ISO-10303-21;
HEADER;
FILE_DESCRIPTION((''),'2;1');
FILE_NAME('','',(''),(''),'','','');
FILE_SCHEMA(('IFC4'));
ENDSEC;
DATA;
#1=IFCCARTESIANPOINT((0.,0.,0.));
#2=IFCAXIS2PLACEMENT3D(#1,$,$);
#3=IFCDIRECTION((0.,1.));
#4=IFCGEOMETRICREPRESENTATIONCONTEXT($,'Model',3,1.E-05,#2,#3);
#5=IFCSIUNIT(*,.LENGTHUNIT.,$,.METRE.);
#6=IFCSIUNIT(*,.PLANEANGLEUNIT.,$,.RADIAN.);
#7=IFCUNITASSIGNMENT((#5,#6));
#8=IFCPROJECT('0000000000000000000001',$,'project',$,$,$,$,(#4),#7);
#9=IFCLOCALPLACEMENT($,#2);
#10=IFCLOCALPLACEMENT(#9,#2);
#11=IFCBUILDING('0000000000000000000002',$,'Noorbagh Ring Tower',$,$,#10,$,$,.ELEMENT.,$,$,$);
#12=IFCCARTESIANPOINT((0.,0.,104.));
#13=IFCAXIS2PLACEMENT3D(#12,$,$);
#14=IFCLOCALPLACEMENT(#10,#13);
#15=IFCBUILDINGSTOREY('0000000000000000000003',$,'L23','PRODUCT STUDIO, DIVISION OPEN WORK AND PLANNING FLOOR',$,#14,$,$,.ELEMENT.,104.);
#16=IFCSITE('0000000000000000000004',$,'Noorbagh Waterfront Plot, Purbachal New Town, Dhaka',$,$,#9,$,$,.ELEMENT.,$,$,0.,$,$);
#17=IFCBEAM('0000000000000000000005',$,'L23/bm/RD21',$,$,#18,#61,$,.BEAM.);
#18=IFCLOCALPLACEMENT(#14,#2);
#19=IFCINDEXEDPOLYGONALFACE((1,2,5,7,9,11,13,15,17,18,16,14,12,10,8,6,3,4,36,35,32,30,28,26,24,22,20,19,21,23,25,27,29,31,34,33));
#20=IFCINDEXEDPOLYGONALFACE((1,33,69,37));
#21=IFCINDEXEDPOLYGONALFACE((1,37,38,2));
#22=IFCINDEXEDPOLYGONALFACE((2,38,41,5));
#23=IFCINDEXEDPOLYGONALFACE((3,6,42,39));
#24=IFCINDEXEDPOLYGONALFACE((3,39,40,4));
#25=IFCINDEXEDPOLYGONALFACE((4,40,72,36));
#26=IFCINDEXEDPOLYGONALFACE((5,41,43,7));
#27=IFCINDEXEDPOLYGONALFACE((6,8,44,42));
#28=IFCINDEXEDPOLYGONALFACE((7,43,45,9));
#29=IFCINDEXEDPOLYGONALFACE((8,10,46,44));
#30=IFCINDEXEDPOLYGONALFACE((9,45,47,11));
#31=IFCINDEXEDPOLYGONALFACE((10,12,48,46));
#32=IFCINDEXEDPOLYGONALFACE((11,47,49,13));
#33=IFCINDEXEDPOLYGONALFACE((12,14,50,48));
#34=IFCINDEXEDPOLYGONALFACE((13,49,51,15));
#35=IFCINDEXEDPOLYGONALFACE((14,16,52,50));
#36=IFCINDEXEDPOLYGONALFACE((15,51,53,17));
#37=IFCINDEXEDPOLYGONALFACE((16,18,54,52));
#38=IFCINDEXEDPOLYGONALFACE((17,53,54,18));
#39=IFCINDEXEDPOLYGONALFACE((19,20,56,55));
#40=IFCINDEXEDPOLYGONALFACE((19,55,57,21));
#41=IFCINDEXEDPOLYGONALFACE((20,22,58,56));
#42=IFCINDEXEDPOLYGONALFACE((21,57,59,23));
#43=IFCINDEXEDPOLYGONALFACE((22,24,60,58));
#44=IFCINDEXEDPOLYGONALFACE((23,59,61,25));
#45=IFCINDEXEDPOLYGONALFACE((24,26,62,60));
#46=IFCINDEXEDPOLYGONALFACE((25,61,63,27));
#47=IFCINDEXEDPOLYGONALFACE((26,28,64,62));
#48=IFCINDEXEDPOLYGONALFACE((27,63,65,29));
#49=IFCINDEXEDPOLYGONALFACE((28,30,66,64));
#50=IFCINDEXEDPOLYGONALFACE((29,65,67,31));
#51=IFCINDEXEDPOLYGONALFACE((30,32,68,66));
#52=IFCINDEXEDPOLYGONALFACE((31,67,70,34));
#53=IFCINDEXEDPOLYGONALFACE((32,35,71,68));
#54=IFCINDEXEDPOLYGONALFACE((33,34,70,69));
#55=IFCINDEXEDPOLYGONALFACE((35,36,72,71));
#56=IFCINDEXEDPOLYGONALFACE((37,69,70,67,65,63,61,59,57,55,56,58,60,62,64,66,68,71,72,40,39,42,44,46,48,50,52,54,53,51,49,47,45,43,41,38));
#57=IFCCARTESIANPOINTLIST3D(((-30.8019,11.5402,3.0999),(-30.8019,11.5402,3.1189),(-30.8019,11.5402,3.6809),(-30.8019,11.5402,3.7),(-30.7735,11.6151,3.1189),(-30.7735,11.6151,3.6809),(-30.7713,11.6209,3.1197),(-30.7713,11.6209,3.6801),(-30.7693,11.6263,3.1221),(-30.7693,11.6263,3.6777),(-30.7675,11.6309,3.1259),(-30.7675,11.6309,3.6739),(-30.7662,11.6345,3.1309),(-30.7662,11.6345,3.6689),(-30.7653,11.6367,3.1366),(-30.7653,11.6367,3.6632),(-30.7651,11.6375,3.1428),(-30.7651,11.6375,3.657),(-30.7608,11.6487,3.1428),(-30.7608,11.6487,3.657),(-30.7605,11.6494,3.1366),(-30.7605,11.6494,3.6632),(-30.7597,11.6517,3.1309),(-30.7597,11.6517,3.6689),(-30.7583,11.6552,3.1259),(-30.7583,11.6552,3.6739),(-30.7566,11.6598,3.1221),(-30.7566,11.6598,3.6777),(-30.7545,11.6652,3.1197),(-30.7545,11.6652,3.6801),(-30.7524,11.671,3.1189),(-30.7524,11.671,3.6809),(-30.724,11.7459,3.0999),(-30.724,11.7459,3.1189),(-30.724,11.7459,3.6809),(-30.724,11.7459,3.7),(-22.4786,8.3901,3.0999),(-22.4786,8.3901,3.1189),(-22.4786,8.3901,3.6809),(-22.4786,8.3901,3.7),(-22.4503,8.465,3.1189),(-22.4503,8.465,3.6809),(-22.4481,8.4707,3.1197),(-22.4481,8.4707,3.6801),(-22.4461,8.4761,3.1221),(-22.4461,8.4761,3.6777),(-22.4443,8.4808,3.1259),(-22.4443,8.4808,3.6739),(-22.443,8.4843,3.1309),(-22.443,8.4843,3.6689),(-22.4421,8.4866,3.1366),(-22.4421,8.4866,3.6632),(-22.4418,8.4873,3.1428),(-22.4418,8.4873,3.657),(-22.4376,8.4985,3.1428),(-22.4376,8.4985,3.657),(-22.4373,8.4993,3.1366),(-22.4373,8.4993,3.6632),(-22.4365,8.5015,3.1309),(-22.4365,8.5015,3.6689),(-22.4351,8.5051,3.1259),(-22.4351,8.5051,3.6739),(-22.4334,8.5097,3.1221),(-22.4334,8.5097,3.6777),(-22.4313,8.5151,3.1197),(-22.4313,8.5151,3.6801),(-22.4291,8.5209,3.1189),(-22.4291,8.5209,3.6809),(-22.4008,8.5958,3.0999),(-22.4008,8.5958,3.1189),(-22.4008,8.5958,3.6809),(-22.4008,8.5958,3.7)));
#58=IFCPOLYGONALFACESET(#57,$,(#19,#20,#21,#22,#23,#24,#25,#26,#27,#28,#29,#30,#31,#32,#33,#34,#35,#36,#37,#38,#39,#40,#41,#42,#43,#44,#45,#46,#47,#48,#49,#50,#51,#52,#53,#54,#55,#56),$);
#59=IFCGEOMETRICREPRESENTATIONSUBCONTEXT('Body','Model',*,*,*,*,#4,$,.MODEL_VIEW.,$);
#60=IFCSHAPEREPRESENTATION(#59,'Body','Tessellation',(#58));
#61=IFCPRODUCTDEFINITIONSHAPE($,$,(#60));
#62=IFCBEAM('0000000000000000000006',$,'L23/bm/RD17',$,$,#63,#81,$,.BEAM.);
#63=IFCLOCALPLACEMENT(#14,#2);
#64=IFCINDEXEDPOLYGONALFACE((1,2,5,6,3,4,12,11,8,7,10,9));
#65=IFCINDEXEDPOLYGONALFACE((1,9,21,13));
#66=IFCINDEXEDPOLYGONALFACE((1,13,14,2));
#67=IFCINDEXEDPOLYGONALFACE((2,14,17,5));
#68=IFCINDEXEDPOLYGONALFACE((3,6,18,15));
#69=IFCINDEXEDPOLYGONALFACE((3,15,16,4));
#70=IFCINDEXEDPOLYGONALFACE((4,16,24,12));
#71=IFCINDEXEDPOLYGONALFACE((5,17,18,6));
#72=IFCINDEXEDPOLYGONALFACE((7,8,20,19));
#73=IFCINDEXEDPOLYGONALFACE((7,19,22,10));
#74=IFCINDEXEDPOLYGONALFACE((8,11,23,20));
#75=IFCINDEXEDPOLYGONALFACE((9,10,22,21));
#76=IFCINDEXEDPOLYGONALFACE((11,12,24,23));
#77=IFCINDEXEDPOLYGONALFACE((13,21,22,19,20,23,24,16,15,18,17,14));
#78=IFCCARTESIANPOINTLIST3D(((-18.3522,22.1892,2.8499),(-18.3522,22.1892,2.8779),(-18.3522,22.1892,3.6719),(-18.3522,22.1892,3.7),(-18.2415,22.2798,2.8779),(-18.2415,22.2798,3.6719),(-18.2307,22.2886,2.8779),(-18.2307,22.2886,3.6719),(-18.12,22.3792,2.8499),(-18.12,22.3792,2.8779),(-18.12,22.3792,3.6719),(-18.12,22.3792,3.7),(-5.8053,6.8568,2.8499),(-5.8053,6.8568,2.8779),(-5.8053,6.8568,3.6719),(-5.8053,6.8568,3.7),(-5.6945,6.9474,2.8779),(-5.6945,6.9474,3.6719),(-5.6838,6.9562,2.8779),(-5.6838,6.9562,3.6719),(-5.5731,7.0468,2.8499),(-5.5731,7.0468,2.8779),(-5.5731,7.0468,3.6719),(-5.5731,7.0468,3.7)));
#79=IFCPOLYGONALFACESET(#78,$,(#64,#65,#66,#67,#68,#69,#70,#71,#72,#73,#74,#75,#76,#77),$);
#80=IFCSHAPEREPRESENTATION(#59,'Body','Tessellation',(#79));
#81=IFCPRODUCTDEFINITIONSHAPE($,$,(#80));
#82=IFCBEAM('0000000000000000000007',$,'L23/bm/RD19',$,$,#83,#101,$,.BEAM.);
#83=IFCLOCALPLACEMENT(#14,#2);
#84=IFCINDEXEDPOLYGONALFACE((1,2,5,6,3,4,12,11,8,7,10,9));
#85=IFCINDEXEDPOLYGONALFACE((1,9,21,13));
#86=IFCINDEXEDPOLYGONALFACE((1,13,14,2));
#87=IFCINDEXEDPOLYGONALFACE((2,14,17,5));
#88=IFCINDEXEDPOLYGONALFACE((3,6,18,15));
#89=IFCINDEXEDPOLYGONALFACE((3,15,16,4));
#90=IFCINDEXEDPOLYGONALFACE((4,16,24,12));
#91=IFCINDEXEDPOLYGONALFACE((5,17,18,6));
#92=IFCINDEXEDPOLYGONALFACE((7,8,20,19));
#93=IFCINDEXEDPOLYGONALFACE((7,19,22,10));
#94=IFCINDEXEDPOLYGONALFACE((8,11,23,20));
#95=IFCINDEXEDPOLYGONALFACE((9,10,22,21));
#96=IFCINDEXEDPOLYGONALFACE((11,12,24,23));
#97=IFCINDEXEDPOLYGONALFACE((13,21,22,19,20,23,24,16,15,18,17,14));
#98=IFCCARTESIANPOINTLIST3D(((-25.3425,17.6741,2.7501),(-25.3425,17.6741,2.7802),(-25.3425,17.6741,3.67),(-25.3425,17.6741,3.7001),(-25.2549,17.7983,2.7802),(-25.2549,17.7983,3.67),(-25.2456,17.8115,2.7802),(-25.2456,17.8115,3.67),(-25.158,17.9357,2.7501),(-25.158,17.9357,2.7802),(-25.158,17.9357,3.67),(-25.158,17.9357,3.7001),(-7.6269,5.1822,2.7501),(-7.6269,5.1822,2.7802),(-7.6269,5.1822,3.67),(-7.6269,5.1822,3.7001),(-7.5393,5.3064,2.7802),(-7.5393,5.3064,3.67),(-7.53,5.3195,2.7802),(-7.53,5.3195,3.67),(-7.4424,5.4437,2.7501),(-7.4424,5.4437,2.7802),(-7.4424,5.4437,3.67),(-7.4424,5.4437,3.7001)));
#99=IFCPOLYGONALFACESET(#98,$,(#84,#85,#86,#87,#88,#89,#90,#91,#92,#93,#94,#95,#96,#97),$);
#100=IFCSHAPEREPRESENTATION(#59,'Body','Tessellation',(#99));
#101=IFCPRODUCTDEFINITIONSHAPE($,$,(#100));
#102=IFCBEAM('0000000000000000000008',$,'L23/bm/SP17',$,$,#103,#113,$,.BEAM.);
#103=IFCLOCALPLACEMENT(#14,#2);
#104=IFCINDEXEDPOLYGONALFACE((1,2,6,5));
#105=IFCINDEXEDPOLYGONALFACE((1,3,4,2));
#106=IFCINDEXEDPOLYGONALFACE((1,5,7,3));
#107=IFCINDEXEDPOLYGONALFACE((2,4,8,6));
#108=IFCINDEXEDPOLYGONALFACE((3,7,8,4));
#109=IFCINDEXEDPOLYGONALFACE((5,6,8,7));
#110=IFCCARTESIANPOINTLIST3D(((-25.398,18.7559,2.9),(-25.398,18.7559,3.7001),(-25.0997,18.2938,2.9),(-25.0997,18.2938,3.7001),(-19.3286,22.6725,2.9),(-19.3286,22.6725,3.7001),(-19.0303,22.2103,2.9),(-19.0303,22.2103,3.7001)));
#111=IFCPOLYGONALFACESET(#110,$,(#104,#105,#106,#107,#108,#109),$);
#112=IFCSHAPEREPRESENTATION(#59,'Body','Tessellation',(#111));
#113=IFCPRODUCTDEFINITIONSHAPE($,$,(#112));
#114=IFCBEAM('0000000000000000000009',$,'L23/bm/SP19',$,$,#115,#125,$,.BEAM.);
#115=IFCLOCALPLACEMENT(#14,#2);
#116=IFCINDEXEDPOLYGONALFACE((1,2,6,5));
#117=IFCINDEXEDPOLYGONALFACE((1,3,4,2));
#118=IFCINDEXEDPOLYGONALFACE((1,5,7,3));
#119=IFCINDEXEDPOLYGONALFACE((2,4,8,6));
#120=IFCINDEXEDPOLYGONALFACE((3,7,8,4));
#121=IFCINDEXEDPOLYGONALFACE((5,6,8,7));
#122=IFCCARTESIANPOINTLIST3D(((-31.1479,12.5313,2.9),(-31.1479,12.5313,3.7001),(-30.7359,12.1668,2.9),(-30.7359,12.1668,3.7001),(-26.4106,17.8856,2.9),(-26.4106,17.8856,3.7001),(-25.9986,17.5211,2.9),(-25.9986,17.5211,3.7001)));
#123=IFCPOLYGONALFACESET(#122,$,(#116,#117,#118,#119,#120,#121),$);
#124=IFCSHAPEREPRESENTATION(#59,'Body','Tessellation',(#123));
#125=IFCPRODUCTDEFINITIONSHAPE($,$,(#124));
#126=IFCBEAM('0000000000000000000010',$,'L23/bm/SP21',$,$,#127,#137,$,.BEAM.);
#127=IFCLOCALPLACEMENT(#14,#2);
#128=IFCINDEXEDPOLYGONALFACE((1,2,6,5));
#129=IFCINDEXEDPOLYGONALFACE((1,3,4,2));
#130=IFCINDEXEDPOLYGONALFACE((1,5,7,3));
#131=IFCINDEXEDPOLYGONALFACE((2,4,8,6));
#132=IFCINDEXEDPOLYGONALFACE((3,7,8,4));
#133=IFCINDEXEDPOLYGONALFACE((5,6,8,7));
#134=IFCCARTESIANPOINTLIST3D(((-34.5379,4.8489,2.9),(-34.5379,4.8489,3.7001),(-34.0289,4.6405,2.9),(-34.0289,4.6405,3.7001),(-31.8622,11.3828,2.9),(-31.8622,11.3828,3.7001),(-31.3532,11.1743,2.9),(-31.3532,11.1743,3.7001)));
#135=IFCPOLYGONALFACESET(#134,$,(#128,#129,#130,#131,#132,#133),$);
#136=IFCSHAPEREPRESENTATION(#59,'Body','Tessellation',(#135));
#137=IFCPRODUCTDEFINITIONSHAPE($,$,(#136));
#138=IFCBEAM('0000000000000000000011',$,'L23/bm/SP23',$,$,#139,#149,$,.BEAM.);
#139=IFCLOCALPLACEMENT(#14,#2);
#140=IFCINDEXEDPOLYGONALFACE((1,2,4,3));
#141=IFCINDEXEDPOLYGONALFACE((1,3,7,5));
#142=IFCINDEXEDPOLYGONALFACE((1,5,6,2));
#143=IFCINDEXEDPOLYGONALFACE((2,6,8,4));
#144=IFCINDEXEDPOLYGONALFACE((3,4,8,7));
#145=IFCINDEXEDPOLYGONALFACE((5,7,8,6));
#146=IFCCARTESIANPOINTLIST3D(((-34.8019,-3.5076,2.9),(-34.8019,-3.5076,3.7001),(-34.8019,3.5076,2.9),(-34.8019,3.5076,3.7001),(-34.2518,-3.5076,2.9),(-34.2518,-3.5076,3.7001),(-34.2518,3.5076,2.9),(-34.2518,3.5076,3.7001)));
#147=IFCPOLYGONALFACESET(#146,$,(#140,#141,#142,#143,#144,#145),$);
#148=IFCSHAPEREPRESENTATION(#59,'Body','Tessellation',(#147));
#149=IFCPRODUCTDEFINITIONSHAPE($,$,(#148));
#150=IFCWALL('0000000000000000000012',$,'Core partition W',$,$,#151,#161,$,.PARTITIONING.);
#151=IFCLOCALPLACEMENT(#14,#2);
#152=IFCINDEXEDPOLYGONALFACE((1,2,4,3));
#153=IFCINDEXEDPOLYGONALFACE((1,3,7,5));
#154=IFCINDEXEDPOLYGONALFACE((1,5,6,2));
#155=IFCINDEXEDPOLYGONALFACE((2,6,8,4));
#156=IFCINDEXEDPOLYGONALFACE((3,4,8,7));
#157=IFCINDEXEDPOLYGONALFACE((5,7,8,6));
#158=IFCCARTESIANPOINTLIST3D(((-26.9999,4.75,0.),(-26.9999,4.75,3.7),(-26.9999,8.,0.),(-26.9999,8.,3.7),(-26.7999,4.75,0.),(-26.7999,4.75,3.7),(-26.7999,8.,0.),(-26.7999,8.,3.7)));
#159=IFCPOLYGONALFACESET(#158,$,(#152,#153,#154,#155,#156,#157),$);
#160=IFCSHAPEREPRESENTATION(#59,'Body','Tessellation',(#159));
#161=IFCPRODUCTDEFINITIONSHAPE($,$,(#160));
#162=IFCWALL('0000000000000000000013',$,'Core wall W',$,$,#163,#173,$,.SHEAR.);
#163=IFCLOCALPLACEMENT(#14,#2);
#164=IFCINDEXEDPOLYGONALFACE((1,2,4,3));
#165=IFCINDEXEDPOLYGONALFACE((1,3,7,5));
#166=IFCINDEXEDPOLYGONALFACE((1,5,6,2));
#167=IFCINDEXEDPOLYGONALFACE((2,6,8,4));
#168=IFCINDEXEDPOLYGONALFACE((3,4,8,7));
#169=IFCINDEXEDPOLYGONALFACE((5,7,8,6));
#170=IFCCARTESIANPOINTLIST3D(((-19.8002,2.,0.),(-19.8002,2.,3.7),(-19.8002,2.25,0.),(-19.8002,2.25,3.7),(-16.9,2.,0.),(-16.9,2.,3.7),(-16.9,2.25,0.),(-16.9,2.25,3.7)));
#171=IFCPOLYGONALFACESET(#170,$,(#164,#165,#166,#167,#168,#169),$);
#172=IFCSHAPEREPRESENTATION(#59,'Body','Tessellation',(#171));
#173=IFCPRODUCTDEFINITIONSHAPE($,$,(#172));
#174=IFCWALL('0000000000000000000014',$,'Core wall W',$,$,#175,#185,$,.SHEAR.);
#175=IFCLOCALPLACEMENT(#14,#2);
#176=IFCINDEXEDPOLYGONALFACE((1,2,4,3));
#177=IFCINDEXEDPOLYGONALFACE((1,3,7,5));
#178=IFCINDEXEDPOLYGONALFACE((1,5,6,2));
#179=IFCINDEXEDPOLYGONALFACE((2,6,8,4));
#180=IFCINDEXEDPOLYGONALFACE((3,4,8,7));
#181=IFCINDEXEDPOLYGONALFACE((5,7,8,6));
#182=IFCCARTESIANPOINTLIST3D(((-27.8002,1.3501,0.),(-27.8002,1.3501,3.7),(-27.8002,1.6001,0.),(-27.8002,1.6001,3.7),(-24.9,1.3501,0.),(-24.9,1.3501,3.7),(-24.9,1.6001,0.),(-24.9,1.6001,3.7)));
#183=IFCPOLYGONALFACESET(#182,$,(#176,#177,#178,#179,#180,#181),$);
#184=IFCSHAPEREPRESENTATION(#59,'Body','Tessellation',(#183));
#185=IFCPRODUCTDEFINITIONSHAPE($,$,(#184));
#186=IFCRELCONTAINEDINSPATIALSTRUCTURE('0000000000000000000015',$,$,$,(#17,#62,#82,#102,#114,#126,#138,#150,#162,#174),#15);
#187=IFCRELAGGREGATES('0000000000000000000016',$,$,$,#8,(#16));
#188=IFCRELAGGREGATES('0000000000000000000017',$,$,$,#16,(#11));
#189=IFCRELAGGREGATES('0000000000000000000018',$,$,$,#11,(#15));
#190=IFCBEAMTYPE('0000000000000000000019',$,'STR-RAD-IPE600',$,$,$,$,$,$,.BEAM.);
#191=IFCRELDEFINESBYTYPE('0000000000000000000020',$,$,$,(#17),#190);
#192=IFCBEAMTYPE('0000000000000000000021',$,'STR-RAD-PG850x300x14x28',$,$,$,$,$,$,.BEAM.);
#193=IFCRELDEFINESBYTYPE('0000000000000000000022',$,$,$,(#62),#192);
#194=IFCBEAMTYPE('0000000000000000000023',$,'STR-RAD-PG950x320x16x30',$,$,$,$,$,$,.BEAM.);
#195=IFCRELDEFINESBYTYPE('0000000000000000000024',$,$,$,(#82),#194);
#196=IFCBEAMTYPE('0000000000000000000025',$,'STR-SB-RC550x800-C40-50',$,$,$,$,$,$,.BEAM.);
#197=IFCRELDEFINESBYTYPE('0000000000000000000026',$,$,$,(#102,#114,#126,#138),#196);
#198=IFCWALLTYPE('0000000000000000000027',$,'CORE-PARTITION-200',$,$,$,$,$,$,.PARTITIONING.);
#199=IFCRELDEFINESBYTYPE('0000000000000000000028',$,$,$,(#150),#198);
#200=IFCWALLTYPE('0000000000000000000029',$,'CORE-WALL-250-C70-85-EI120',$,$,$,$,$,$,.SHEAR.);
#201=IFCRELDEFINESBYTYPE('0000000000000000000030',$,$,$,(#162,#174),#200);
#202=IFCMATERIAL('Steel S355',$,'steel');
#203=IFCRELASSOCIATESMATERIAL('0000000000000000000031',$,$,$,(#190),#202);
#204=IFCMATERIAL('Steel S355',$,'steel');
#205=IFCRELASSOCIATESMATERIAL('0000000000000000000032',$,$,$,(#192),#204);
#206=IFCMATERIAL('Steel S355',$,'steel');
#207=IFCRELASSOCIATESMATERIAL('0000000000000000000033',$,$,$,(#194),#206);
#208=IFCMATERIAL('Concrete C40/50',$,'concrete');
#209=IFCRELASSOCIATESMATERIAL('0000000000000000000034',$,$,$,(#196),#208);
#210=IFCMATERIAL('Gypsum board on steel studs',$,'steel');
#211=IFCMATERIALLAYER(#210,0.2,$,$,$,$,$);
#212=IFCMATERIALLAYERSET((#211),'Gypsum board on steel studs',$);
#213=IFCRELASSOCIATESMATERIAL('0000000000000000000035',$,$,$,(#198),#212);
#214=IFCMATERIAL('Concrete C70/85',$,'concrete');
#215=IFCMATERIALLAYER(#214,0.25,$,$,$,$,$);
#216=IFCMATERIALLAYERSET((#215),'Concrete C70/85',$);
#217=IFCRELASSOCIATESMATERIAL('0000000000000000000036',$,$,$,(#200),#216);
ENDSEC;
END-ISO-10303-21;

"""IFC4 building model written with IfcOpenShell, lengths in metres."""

from ifc_helpers import new_model, si_unit, direction, frame, frame_2d, origin, origin_2d, place, context, subcontext, project, spatial, rectangle, i_section, extrude, material, layer, layer_set, material_profile, profile_set, type_object, element, save


model = new_model("IFC4")

# Units and contexts
model_context = context("Model", 3, precision=1e-05, world=origin(), true_north=direction((0.0, 1.0)))
body_context = subcontext(model_context, "Body", "Model", "MODEL_VIEW")
ifc_project = project(units=[si_unit("LENGTHUNIT", "METRE"), si_unit("PLANEANGLEUNIT", "RADIAN")], contexts=[model_context])

# Site, building, storey
site_placement = place(None, origin())
site = spatial("IfcSite", under=ifc_project, at=site_placement, Name="Noorbagh Waterfront Plot, Purbachal New Town, Dhaka", CompositionType="ELEMENT", RefElevation=0.0)
building_placement = place(site_placement, origin())
building = spatial("IfcBuilding", under=site, at=building_placement, Name="Noorbagh Ring Tower", CompositionType="ELEMENT")
storey_placement = place(building_placement, frame((0.0, 0.0, 104.0)))
storey = spatial("IfcBuildingStorey", under=building, at=storey_placement, Name="L23", Description="PRODUCT STUDIO, DIVISION OPEN WORK AND PLANNING FLOOR", CompositionType="ELEMENT", Elevation=104.0)

# Beams
ifc_material_1 = material(Name="Steel S355", Category="steel")
ifc_material_profile_1 = material_profile(ifc_material_1, i_section(OverallWidth=0.22, OverallDepth=0.6001, WebThickness=0.012, FlangeThickness=0.019, FilletRadius=0.0239, at=origin_2d()), Name="IPE600")
ifc_profile_set_1 = profile_set([ifc_material_profile_1], Name="Steel S355")
beam_type_1 = type_object("IfcBeamType", Name="STR-RAD-IPE600", PredefinedType="BEAM", material=ifc_profile_set_1)
beam_1_placement = place(storey_placement, frame((-30.7629, 11.6431, 3.3999), z_axis=(0.935256, -0.353972, 0.0), x_axis=(0.353972, 0.935256, 0.0)))
element("IfcBeam", 1, at=beam_1_placement, inside=storey, type_object=beam_type_1, Name="L23/bm/RD21", PredefinedType="BEAM", context=body_context, shape_type="SweptSolid", body=[
    extrude(i_section(OverallWidth=0.22, OverallDepth=0.6001, WebThickness=0.012, FlangeThickness=0.019, FilletRadius=0.0239, at=origin_2d()), origin(), (0.0, 0.0, 1.0), 8.8994),
])
ifc_material_2 = material(Name="Steel S355", Category="steel")
ifc_material_profile_2 = material_profile(ifc_material_2, i_section(OverallWidth=0.3, OverallDepth=0.8501, WebThickness=0.0139, FlangeThickness=0.0281, at=origin_2d()), Name="PG850x300x14x28")
ifc_profile_set_2 = profile_set([ifc_material_profile_2], Name="Steel S355")
beam_type_2 = type_object("IfcBeamType", Name="STR-RAD-PG850x300x14x28", PredefinedType="BEAM", material=ifc_profile_set_2)
beam_2_placement = place(storey_placement, frame((-18.2361, 22.2842, 3.2749), z_axis=(0.633307, -0.773901, 0.0), x_axis=(0.773901, 0.633307, 0.0)))
element("IfcBeam", 2, at=beam_2_placement, inside=storey, type_object=beam_type_2, Name="L23/bm/RD17", PredefinedType="BEAM", context=body_context, shape_type="SweptSolid", body=[
    extrude(i_section(OverallWidth=0.3, OverallDepth=0.8501, WebThickness=0.0139, FlangeThickness=0.0281, at=origin_2d()), origin(), (0.0, 0.0, 1.0), 19.8118),
])
ifc_material_3 = material(Name="Steel S355", Category="steel")
ifc_material_profile_3 = material_profile(ifc_material_3, i_section(OverallWidth=0.3201, OverallDepth=0.95, WebThickness=0.0161, FlangeThickness=0.03, at=origin_2d()), Name="PG950x320x16x30")
ifc_profile_set_3 = profile_set([ifc_material_profile_3], Name="Steel S355")
beam_type_3 = type_object("IfcBeamType", Name="STR-RAD-PG950x320x16x30", PredefinedType="BEAM", material=ifc_profile_set_3)
beam_3_placement = place(storey_placement, frame((-25.2502, 17.8049, 3.2251), z_axis=(0.817254, -0.576278, 0.0), x_axis=(0.576278, 0.817254, 0.0)))
element("IfcBeam", 3, at=beam_3_placement, inside=storey, type_object=beam_type_3, Name="L23/bm/RD19", PredefinedType="BEAM", context=body_context, shape_type="SweptSolid", body=[
    extrude(i_section(OverallWidth=0.3201, OverallDepth=0.95, WebThickness=0.0161, FlangeThickness=0.03, at=origin_2d()), origin(), (0.0, 0.0, 1.0), 21.677),
])
ifc_material_4 = material(Name="Concrete C40/50", Category="concrete")
ifc_material_profile_4 = material_profile(ifc_material_4, rectangle(XDim=0.55, YDim=0.8, at=origin_2d()), Name="RC550x800")
ifc_profile_set_4 = profile_set([ifc_material_profile_4], Name="Concrete C40/50")
beam_type_4 = type_object("IfcBeamType", Name="STR-SB-RC550x800-C40-50", PredefinedType="BEAM", material=ifc_profile_set_4)
beam_4_placement = place(storey_placement, frame((-19.1794, 22.4414, 3.3), z_axis=(-0.840246, -0.542205, 0.0), x_axis=(0.542205, -0.840246, 0.0)))
element("IfcBeam", 4, at=beam_4_placement, inside=storey, type_object=beam_type_4, Name="L23/bm/SP17", PredefinedType="BEAM", context=body_context, shape_type="SweptSolid", body=[
    extrude(rectangle(XDim=0.55, YDim=0.8, at=origin_2d()), origin(), (0.0, 0.0, 1.0), 7.2234),
])
beam_5_placement = place(storey_placement, frame((-26.2046, 17.7034, 3.3), z_axis=(-0.662641, -0.748937, 0.0), x_axis=(0.748937, -0.662641, 0.0)))
element("IfcBeam", 5, at=beam_5_placement, inside=storey, type_object=beam_type_4, Name="L23/bm/SP19", PredefinedType="BEAM", context=body_context, shape_type="SweptSolid", body=[
    extrude(rectangle(XDim=0.55, YDim=0.8, at=origin_2d()), origin(), (0.0, 0.0, 1.0), 7.1492),
])
beam_6_placement = place(storey_placement, frame((-31.6077, 11.2786, 3.3), z_axis=(-0.378973, -0.925408, 0.0), x_axis=(0.925408, -0.378973, 0.0)))
element("IfcBeam", 6, at=beam_6_placement, inside=storey, type_object=beam_type_4, Name="L23/bm/SP21", PredefinedType="BEAM", context=body_context, shape_type="SweptSolid", body=[
    extrude(rectangle(XDim=0.55, YDim=0.8, at=origin_2d()), origin(), (0.0, 0.0, 1.0), 7.0605),
])
beam_7_placement = place(storey_placement, frame((-34.5269, 3.5076, 3.3), z_axis=(0.0, -1.0, 0.0), x_axis=(1.0, 0.0, 0.0)))
element("IfcBeam", 7, at=beam_7_placement, inside=storey, type_object=beam_type_4, Name="L23/bm/SP23", PredefinedType="BEAM", context=body_context, shape_type="SweptSolid", body=[
    extrude(rectangle(XDim=0.55, YDim=0.8, at=origin_2d()), origin(), (0.0, 0.0, 1.0), 7.0151),
])

# Walls
ifc_material_5 = material(Name="Gypsum board on steel studs", Category="steel")
ifc_layer_1 = layer(ifc_material_5, 0.2)
ifc_layer_set_1 = layer_set([ifc_layer_1], Name="Gypsum board on steel studs")
wall_type_1 = type_object("IfcWallType", Name="CORE-PARTITION-200", PredefinedType="PARTITIONING", material=ifc_layer_set_1)
wall_1_placement = place(storey_placement, frame((-26.8999, 4.75, 0.0), z_axis=(0.0, 0.0, 1.0), x_axis=(0.0, 1.0, 0.0)))
element("IfcWall", 8, at=wall_1_placement, inside=storey, type_object=wall_type_1, Name="Core partition W", PredefinedType="PARTITIONING", context=body_context, shape_type="SweptSolid", body=[
    extrude(rectangle(XDim=3.25, YDim=0.2, at=frame_2d((1.625, 0.0))), origin(), (0.0, 0.0, 1.0), 3.7),
])
ifc_material_6 = material(Name="Concrete C70/85", Category="concrete")
ifc_layer_2 = layer(ifc_material_6, 0.25)
ifc_layer_set_2 = layer_set([ifc_layer_2], Name="Concrete C70/85")
wall_type_2 = type_object("IfcWallType", Name="CORE-WALL-250-C70-85-EI120", PredefinedType="SHEAR", material=ifc_layer_set_2)
for number, where, z_axis, x_axis, name in (
    (9, (-16.8999, 2.125, 0.0), (0.0, 0.0, 1.0), (-1.0, 0.0, 0.0), "Core wall W"),
    (10, (-24.8999, 1.4751, 0.0), (0.0, 0.0, 1.0), (-1.0, 0.0, 0.0), "Core wall W"),
):
    element("IfcWall", number, at=place(storey_placement, frame(where, z_axis=z_axis, x_axis=x_axis)), inside=storey, type_object=wall_type_2, Name=name, PredefinedType="SHEAR", context=body_context, shape_type="SweptSolid", body=[
        extrude(rectangle(XDim=2.9001, YDim=0.25, at=frame_2d((1.4502, 0.0))), origin(), (0.0, 0.0, 1.0), 3.7),
    ])

save(model, "model.ifc")
